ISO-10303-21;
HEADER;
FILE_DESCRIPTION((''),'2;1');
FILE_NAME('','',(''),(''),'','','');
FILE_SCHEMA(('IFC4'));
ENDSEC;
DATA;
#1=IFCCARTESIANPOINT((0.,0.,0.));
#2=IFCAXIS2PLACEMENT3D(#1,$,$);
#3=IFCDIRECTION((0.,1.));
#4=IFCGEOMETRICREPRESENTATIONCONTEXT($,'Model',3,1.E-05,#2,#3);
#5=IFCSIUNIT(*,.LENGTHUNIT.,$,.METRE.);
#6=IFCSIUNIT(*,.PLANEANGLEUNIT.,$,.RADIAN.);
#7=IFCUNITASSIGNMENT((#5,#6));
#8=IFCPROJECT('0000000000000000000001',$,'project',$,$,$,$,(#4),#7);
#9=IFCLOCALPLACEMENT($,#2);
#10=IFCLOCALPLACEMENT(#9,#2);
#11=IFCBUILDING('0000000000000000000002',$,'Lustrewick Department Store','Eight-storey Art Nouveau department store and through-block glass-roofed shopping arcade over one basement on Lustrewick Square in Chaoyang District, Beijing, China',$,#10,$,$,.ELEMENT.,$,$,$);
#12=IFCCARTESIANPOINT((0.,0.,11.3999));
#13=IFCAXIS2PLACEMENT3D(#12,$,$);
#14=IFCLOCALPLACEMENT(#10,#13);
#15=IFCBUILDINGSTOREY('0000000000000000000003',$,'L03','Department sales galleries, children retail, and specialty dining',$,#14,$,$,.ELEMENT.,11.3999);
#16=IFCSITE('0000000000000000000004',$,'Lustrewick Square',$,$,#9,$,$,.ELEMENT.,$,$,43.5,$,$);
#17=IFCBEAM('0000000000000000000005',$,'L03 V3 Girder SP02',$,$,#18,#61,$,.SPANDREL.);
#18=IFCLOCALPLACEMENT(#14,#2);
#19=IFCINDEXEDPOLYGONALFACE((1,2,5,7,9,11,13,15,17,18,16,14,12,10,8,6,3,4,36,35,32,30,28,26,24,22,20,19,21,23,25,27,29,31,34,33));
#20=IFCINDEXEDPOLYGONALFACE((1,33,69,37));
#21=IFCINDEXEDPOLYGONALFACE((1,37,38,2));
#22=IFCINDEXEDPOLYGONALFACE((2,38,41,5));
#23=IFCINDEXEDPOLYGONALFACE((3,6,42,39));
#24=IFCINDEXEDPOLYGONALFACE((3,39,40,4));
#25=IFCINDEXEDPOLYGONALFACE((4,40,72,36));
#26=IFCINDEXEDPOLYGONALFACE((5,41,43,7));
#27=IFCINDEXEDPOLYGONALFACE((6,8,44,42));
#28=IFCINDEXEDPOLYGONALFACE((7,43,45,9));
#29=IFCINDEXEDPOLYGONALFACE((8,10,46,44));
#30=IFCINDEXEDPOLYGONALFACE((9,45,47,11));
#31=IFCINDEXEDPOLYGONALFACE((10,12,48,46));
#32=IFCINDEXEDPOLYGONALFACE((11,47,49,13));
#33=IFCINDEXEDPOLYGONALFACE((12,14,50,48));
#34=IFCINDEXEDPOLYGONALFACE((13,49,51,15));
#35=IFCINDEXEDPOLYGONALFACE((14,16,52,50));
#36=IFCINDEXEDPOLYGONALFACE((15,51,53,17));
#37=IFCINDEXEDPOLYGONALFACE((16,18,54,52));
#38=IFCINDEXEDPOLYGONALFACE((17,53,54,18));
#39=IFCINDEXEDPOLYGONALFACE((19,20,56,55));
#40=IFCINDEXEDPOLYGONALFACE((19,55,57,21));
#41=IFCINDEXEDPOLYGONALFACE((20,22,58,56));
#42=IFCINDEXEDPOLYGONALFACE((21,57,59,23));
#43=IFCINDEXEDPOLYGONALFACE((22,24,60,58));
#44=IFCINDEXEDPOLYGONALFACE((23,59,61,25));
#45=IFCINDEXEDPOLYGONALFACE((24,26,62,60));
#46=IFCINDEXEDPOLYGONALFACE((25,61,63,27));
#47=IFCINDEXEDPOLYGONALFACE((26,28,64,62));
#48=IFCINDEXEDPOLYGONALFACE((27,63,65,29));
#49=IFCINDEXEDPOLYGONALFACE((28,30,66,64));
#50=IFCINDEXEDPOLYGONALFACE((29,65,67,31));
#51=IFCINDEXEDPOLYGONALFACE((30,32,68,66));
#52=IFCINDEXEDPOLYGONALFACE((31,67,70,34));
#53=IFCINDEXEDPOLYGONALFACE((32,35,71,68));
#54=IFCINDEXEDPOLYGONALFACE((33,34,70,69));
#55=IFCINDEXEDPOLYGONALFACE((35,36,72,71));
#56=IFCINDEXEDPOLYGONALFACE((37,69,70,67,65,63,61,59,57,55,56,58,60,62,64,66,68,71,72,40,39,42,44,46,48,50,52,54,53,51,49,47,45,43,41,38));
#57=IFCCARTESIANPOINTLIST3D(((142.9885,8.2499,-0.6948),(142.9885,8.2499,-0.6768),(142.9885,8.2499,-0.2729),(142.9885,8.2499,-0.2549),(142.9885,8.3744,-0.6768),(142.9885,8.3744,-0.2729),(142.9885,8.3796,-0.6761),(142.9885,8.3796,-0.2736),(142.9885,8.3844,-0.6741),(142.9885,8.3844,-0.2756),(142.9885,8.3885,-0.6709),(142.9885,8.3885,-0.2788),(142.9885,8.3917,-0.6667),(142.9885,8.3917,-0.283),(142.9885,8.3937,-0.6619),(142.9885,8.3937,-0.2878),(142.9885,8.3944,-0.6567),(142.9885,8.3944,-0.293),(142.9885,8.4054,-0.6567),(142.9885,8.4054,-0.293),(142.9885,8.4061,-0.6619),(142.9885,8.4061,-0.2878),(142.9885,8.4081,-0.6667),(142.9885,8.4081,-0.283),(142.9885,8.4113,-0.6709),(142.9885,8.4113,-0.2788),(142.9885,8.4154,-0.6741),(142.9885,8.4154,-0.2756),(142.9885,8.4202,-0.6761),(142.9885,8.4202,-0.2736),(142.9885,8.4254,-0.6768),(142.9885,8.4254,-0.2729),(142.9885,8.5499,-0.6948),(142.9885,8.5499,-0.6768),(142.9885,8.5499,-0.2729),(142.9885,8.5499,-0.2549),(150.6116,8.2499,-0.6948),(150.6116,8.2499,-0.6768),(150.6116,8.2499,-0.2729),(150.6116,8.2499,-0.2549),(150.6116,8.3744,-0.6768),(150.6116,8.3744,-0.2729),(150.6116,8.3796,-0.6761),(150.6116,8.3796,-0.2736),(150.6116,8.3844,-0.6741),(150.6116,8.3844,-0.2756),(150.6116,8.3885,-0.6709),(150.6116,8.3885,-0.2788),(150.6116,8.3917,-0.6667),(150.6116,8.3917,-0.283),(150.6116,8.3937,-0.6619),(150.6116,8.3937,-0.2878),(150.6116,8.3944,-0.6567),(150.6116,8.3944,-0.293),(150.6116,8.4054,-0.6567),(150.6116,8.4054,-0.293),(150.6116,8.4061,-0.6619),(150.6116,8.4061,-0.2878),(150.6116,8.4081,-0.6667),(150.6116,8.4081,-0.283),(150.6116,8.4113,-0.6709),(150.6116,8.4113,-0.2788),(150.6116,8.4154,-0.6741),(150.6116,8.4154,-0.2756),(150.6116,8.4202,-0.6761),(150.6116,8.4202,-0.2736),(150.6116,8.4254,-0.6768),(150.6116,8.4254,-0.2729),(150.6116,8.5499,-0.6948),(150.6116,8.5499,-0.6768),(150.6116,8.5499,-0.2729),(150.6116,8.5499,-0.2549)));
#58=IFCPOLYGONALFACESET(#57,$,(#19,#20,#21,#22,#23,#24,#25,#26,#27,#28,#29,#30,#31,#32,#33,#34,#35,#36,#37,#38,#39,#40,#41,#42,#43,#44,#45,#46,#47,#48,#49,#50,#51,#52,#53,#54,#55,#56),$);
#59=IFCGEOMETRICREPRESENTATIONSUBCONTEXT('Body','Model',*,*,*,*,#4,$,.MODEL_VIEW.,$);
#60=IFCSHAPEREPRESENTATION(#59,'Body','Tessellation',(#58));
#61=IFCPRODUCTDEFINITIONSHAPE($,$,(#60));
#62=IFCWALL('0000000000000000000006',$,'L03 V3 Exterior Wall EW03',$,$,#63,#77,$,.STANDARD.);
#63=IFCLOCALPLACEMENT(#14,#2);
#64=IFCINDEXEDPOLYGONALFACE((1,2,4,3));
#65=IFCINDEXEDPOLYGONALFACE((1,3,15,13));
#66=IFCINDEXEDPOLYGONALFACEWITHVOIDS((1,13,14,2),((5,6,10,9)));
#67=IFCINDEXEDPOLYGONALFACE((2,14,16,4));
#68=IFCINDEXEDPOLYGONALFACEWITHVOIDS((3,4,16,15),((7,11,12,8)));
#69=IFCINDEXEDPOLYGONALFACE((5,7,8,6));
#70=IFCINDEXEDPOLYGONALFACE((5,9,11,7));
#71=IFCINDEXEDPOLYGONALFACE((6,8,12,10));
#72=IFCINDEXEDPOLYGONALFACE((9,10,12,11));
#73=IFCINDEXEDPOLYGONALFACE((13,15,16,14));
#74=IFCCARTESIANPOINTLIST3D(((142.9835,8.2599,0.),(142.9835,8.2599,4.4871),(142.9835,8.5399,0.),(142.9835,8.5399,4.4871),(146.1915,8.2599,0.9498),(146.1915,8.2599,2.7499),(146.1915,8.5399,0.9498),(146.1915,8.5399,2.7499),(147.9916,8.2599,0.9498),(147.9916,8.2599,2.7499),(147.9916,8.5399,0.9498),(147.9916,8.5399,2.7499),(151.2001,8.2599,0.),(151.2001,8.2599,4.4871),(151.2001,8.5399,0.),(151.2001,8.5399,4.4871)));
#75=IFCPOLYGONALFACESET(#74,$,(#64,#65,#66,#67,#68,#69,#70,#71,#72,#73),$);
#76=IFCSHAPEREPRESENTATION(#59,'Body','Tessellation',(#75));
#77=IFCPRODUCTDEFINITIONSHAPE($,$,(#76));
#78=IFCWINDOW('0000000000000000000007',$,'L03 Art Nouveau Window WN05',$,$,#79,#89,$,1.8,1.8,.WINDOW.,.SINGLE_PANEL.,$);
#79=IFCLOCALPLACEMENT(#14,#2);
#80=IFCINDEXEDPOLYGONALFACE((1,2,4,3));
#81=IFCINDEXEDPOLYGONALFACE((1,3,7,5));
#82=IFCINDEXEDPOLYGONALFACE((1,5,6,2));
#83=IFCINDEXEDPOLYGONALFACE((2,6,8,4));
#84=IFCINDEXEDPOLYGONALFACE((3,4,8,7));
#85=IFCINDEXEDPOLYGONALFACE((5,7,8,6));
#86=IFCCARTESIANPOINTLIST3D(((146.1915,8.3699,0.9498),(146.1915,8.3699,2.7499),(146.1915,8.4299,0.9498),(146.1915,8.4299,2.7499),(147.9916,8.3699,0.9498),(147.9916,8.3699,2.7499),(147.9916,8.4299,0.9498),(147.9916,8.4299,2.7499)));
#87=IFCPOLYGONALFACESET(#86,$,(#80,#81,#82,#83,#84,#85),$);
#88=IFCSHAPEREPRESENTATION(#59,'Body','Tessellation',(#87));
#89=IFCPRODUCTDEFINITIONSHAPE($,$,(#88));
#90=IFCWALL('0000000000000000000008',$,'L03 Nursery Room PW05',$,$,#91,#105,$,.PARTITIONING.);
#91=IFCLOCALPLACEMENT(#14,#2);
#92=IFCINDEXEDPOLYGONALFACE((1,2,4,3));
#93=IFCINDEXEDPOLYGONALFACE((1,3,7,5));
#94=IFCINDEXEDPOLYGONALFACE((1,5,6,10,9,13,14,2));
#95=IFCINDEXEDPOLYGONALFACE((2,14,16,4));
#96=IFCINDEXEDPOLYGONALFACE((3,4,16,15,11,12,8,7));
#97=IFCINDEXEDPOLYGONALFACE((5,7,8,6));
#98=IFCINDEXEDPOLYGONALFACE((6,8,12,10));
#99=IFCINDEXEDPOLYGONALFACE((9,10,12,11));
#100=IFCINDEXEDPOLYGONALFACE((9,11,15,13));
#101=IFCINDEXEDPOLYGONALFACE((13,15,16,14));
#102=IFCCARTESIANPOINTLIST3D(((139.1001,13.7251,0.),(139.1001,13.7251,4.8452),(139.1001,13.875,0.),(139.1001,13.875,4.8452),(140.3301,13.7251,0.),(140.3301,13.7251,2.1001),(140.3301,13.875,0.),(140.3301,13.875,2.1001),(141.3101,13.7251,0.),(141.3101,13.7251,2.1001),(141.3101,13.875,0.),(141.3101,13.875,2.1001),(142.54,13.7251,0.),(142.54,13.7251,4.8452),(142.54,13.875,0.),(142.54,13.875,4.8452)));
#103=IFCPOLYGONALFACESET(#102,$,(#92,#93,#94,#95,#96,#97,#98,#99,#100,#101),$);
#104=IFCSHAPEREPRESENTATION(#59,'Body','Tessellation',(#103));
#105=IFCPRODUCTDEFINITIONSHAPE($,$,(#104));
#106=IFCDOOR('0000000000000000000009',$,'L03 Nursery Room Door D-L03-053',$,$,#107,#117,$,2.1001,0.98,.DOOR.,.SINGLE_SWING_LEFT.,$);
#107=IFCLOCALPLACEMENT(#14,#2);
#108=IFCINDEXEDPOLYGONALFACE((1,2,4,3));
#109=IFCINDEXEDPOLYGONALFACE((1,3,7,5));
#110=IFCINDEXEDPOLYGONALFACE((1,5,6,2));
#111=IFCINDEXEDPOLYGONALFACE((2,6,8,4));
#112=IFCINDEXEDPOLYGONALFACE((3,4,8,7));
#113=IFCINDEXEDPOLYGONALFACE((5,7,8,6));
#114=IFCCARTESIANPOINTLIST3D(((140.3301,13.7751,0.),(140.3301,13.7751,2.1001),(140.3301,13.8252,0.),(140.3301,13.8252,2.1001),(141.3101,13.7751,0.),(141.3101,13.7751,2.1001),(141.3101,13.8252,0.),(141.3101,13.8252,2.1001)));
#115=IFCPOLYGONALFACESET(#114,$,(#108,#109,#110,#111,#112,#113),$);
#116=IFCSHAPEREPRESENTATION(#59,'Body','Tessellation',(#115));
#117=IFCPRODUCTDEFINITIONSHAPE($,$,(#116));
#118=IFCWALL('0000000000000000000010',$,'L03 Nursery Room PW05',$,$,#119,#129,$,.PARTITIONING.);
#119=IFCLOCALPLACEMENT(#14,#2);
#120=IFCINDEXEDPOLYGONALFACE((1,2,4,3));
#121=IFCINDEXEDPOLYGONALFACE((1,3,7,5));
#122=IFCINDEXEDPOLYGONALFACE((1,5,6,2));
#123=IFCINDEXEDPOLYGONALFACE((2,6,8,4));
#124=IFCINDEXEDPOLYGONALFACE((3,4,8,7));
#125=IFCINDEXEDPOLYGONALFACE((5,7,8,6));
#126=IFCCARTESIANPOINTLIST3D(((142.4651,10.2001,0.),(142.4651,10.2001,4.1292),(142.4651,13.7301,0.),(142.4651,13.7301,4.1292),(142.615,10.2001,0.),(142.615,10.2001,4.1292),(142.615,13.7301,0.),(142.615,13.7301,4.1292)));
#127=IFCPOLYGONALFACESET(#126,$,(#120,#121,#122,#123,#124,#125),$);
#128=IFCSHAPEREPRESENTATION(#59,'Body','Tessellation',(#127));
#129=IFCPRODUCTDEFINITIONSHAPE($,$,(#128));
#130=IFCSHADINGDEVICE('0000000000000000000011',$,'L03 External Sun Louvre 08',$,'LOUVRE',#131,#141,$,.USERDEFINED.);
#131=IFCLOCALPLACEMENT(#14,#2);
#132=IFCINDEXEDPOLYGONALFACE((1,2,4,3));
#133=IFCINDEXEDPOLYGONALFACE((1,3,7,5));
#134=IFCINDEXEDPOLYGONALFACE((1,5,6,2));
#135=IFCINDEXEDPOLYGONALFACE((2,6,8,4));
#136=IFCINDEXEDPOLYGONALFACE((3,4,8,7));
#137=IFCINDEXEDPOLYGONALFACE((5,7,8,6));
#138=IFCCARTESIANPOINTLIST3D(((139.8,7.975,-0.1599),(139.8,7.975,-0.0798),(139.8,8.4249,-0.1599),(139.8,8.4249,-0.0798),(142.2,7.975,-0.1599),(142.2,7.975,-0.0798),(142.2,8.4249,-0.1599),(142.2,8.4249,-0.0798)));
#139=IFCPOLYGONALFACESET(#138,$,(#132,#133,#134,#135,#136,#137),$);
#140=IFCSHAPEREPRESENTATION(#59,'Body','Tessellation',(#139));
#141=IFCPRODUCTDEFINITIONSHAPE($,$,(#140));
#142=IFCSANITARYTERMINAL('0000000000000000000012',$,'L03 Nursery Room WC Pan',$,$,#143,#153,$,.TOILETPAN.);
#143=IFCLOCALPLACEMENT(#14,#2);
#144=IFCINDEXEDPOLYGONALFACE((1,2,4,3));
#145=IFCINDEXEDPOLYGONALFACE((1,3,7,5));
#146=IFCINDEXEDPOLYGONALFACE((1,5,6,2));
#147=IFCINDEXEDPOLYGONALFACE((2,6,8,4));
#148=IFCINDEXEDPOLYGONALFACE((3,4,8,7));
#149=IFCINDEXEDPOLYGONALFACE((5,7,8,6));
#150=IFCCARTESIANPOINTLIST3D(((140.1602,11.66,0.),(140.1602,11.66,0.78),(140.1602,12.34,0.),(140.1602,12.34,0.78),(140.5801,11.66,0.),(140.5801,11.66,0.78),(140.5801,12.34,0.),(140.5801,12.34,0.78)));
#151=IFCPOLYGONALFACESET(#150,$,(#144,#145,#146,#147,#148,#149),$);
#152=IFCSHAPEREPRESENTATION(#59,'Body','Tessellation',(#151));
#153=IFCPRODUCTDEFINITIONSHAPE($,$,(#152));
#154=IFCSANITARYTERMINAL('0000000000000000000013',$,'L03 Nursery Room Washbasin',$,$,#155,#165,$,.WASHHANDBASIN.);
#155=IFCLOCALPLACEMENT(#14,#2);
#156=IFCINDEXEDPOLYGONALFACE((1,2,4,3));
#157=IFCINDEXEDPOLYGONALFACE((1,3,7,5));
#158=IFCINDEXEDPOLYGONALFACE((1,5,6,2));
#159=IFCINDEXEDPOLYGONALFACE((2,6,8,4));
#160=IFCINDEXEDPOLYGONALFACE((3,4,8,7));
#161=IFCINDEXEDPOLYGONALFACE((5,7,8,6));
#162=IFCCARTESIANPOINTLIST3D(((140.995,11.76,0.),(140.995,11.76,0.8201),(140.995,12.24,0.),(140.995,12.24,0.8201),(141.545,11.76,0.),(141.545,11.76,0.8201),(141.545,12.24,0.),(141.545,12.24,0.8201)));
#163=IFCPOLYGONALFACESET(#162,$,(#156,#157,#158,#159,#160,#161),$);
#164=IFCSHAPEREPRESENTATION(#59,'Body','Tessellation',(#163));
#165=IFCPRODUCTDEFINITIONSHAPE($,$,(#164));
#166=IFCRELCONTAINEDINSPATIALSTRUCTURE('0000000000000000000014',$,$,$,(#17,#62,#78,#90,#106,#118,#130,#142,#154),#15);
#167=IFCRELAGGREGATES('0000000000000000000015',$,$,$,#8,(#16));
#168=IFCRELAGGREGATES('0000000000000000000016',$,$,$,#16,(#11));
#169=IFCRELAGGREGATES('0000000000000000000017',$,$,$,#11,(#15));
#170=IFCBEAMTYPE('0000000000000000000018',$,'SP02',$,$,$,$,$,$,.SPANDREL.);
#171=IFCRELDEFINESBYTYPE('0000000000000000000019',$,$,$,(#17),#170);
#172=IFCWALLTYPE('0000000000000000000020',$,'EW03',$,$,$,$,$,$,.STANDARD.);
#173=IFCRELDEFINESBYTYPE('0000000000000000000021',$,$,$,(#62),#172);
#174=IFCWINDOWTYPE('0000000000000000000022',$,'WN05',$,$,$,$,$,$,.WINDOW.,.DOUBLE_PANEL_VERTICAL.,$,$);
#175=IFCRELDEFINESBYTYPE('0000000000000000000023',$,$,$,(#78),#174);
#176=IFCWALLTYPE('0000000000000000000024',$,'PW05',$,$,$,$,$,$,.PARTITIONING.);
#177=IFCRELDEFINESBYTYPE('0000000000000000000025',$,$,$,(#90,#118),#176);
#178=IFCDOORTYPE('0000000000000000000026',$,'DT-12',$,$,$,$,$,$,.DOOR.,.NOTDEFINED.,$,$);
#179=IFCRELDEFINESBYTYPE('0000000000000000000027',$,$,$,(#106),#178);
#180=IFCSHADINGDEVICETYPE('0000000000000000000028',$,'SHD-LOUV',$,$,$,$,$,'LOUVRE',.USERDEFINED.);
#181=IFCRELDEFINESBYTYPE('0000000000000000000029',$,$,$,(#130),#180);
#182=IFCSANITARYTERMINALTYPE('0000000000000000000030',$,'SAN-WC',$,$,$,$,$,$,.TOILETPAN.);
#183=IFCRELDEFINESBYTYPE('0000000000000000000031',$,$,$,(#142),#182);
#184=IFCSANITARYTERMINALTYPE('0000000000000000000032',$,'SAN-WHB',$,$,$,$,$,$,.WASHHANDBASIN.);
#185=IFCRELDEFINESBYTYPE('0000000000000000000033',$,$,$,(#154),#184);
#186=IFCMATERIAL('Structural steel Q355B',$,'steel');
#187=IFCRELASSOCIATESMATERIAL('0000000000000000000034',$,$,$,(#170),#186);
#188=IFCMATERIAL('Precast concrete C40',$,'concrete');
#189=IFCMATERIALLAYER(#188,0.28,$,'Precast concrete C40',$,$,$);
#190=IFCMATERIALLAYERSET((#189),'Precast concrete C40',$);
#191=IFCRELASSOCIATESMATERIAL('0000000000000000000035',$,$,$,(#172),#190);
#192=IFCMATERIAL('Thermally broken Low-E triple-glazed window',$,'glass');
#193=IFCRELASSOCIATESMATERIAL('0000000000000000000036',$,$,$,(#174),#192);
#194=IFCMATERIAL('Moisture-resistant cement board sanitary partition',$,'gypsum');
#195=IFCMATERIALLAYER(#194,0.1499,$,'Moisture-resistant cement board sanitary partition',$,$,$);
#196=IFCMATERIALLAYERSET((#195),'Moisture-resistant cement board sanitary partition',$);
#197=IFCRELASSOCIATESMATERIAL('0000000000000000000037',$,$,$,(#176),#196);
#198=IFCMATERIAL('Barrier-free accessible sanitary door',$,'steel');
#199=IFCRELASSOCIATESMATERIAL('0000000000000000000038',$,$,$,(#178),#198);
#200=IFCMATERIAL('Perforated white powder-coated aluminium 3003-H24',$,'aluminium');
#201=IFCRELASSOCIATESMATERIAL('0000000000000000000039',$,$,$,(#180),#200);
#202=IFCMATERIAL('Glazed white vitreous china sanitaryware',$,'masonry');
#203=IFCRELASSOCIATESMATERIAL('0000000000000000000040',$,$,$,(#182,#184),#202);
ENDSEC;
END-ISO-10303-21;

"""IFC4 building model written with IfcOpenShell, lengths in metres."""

from ifc_helpers import new_model, si_unit, direction, frame, frame_2d, origin, origin_2d, place, context, subcontext, project, spatial, rectangle, i_section, extrude, material, layer, layer_set, material_profile, profile_set, type_object, element, fill, save


model = new_model("IFC4")

# Units and contexts
model_context = context("Model", 3, precision=1e-05, world=origin(), true_north=direction((0.0, 1.0)))
body_context = subcontext(model_context, "Body", "Model", "MODEL_VIEW")
ifc_project = project(units=[si_unit("LENGTHUNIT", "METRE"), si_unit("PLANEANGLEUNIT", "RADIAN")], contexts=[model_context])

# Site, building, storey
site_placement = place(None, origin())
site = spatial("IfcSite", under=ifc_project, at=site_placement, Name="Lustrewick Square", CompositionType="ELEMENT", RefElevation=43.5)
building_placement = place(site_placement, origin())
building = spatial("IfcBuilding", under=site, at=building_placement, Name="Lustrewick Department Store", Description="Eight-storey Art Nouveau department store and through-block glass-roofed shopping arcade over one basement on Lustrewick Square in Chaoyang District, Beijing, China", CompositionType="ELEMENT")
storey_placement = place(building_placement, frame((0.0, 0.0, 11.3999)))
storey = spatial("IfcBuildingStorey", under=building, at=storey_placement, Name="L03", Description="Department sales galleries, children retail, and specialty dining", CompositionType="ELEMENT", Elevation=11.3999)

# Shared definitions
ifc_material_1 = material(Name="Structural steel Q355B", Category="steel")

# Beam
ifc_material_profile_1 = material_profile(ifc_material_1, i_section(OverallWidth=0.3, OverallDepth=0.4399, WebThickness=0.011, FlangeThickness=0.0181, FilletRadius=0.02, at=origin_2d()), Name="HM 440x300x11x18")
ifc_profile_set_1 = profile_set([ifc_material_profile_1], Name="Structural steel Q355B")
beam_type_1 = type_object("IfcBeamType", Name="SP02", PredefinedType="SPANDREL", material=ifc_profile_set_1)
beam_1_placement = place(storey_placement, frame((142.9885, 8.3999, -0.4749), z_axis=(1.0, 0.0, 0.0), x_axis=(0.0, 1.0, 0.0)))
element("IfcBeam", 1, at=beam_1_placement, inside=storey, type_object=beam_type_1, Name="L03 V3 Girder SP02", PredefinedType="SPANDREL", context=body_context, shape_type="SweptSolid", body=[
    extrude(i_section(OverallWidth=0.3, OverallDepth=0.4399, WebThickness=0.011, FlangeThickness=0.0181, FilletRadius=0.02, at=origin_2d()), origin(), (0.0, 0.0, 1.0), 7.623),
])

# Wall, opening, window
ifc_material_2 = material(Name="Precast concrete C40", Category="concrete")
ifc_layer_1 = layer(ifc_material_2, 0.28, Name="Precast concrete C40")
ifc_layer_set_1 = layer_set([ifc_layer_1], Name="Precast concrete C40")
wall_type_1 = type_object("IfcWallType", Name="EW03", PredefinedType="STANDARD", material=ifc_layer_set_1)
wall_1_placement = place(storey_placement, frame((142.9834, 8.3999, 0.0), z_axis=(0.0, 0.0, 1.0), x_axis=(1.0, 0.0, 0.0)))
wall_1 = element("IfcWall", 2, at=wall_1_placement, inside=storey, type_object=wall_type_1, Name="L03 V3 Exterior Wall EW03", PredefinedType="STANDARD", context=body_context, shape_type="SweptSolid", body=[
    extrude(rectangle(XDim=8.2166, YDim=0.28, at=frame_2d((4.1084, 0.0))), origin(), (0.0, 0.0, 1.0), 4.4871),
])
opening_1_placement = place(wall_1_placement, frame((3.2083, 0.0, 0.95)))
opening_1 = element("IfcOpeningElement", 3, at=opening_1_placement, cuts=wall_1, PredefinedType="OPENING", context=body_context, shape_type="SweptSolid", body=[
    extrude(rectangle(XDim=1.8, YDim=1.8, at=frame_2d((0.8999, 0.8999))), frame((0.0, 0.1499, 0.0), z_axis=(0.0, -1.0, 0.0), x_axis=(1.0, 0.0, 0.0)), (0.0, 0.0, 1.0), 0.3),
])
ifc_material_3 = material(Name="Thermally broken Low-E triple-glazed window", Category="glass")
window_type = type_object("IfcWindowType", Name="WN05", PartitioningType="DOUBLE_PANEL_VERTICAL", PredefinedType="WINDOW", material=ifc_material_3)
window_placement = place(opening_1_placement, origin())
window = element("IfcWindow", 4, at=window_placement, inside=storey, type_object=window_type, Name="L03 Art Nouveau Window WN05", OverallHeight=1.8, OverallWidth=1.8, PartitioningType="SINGLE_PANEL", PredefinedType="WINDOW", context=body_context, shape_type="SweptSolid", body=[
    extrude(rectangle(XDim=1.8, YDim=1.8, at=frame_2d((0.8999, 0.8999))), frame((0.0, 0.03, 0.0), z_axis=(0.0, -1.0, 0.0), x_axis=(1.0, 0.0, 0.0)), (0.0, 0.0, 1.0), 0.0601),
])
fill(opening_1, window)

# Wall, opening, door
ifc_material_4 = material(Name="Moisture-resistant cement board sanitary partition", Category="gypsum")
ifc_layer_2 = layer(ifc_material_4, 0.1499, Name="Moisture-resistant cement board sanitary partition")
ifc_layer_set_2 = layer_set([ifc_layer_2], Name="Moisture-resistant cement board sanitary partition")
wall_type_2 = type_object("IfcWallType", Name="PW05", PredefinedType="PARTITIONING", material=ifc_layer_set_2)
wall_2_placement = place(storey_placement, frame((142.54, 13.8, 0.0), z_axis=(0.0, 0.0, 1.0), x_axis=(-1.0, 0.0, 0.0)))
wall_2 = element("IfcWall", 5, at=wall_2_placement, inside=storey, type_object=wall_type_2, Name="L03 Nursery Room PW05", PredefinedType="PARTITIONING", context=body_context, shape_type="SweptSolid", body=[
    extrude(rectangle(XDim=3.4399, YDim=0.1499, at=frame_2d((1.72, 0.0))), origin(), (0.0, 0.0, 1.0), 4.8452),
])
opening_2_placement = place(wall_2_placement, frame((1.23, 0.0, 0.0)))
opening_2 = element("IfcOpeningElement", 6, at=opening_2_placement, cuts=wall_2, PredefinedType="OPENING", context=body_context, shape_type="SweptSolid", body=[
    extrude(rectangle(XDim=0.98, YDim=2.1001, at=frame_2d((0.49, 1.05))), frame((0.0, 0.085, 0.0), z_axis=(0.0, -1.0, 0.0), x_axis=(1.0, 0.0, 0.0)), (0.0, 0.0, 1.0), 0.1699),
])
ifc_material_5 = material(Name="Barrier-free accessible sanitary door", Category="steel")
door_type = type_object("IfcDoorType", Name="DT-12", OperationType="NOTDEFINED", PredefinedType="DOOR", material=ifc_material_5)
door_placement = place(opening_2_placement, origin())
door = element("IfcDoor", 7, at=door_placement, inside=storey, type_object=door_type, Name="L03 Nursery Room Door D-L03-053", OperationType="SINGLE_SWING_LEFT", OverallHeight=2.1001, OverallWidth=0.98, PredefinedType="DOOR", context=body_context, shape_type="SweptSolid", body=[
    extrude(rectangle(XDim=0.98, YDim=2.1001, at=frame_2d((0.49, 1.05))), frame((0.0, 0.0249, 0.0), z_axis=(0.0, -1.0, 0.0), x_axis=(1.0, 0.0, 0.0)), (0.0, 0.0, 1.0), 0.05),
])
fill(opening_2, door)

# Wall
wall_3_placement = place(storey_placement, frame((142.54, 10.2, 0.0), z_axis=(0.0, 0.0, 1.0), x_axis=(0.0, 1.0, 0.0)))
element("IfcWall", 8, at=wall_3_placement, inside=storey, type_object=wall_type_2, Name="L03 Nursery Room PW05", PredefinedType="PARTITIONING", context=body_context, shape_type="SweptSolid", body=[
    extrude(rectangle(XDim=3.53, YDim=0.1499, at=frame_2d((1.7651, 0.0))), origin(), (0.0, 0.0, 1.0), 4.1292),
])

# Shading device
ifc_material_6 = material(Name="Perforated white powder-coated aluminium 3003-H24", Category="aluminium")
shading_device_type = type_object("IfcShadingDeviceType", Name="SHD-LOUV", ElementType="LOUVRE", PredefinedType="USERDEFINED", material=ifc_material_6)
shading_device_placement = place(storey_placement, frame((141.0, 8.2, -0.1599), z_axis=(0.0, 0.0, 1.0), x_axis=(1.0, 0.0, 0.0)))
element("IfcShadingDevice", 9, at=shading_device_placement, inside=storey, type_object=shading_device_type, Name="L03 External Sun Louvre 08", ObjectType="LOUVRE", PredefinedType="USERDEFINED", context=body_context, shape_type="SweptSolid", body=[
    extrude(rectangle(XDim=2.3999, YDim=0.45, at=origin_2d()), origin(), (0.0, 0.0, 1.0), 0.0801),
])

# Sanitary terminals
ifc_material_7 = material(Name="Glazed white vitreous china sanitaryware", Category="masonry")
sanitary_terminal_type_1 = type_object("IfcSanitaryTerminalType", Name="SAN-WC", PredefinedType="TOILETPAN", material=ifc_material_7)
sanitary_terminal_1_placement = place(storey_placement, frame((140.3701, 12.0, 0.0), z_axis=(0.0, 0.0, 1.0), x_axis=(1.0, 0.0, 0.0)))
element("IfcSanitaryTerminal", 10, at=sanitary_terminal_1_placement, inside=storey, type_object=sanitary_terminal_type_1, Name="L03 Nursery Room WC Pan", PredefinedType="TOILETPAN", context=body_context, shape_type="SweptSolid", body=[
    extrude(rectangle(XDim=0.4199, YDim=0.6799, at=origin_2d()), origin(), (0.0, 0.0, 1.0), 0.78),
])
sanitary_terminal_type_2 = type_object("IfcSanitaryTerminalType", Name="SAN-WHB", PredefinedType="WASHHANDBASIN", material=ifc_material_7)
sanitary_terminal_2_placement = place(storey_placement, frame((141.27, 12.0, 0.0), z_axis=(0.0, 0.0, 1.0), x_axis=(1.0, 0.0, 0.0)))
element("IfcSanitaryTerminal", 11, at=sanitary_terminal_2_placement, inside=storey, type_object=sanitary_terminal_type_2, Name="L03 Nursery Room Washbasin", PredefinedType="WASHHANDBASIN", context=body_context, shape_type="SweptSolid", body=[
    extrude(rectangle(XDim=0.55, YDim=0.48, at=origin_2d()), origin(), (0.0, 0.0, 1.0), 0.8201),
])

save(model, "model.ifc")
